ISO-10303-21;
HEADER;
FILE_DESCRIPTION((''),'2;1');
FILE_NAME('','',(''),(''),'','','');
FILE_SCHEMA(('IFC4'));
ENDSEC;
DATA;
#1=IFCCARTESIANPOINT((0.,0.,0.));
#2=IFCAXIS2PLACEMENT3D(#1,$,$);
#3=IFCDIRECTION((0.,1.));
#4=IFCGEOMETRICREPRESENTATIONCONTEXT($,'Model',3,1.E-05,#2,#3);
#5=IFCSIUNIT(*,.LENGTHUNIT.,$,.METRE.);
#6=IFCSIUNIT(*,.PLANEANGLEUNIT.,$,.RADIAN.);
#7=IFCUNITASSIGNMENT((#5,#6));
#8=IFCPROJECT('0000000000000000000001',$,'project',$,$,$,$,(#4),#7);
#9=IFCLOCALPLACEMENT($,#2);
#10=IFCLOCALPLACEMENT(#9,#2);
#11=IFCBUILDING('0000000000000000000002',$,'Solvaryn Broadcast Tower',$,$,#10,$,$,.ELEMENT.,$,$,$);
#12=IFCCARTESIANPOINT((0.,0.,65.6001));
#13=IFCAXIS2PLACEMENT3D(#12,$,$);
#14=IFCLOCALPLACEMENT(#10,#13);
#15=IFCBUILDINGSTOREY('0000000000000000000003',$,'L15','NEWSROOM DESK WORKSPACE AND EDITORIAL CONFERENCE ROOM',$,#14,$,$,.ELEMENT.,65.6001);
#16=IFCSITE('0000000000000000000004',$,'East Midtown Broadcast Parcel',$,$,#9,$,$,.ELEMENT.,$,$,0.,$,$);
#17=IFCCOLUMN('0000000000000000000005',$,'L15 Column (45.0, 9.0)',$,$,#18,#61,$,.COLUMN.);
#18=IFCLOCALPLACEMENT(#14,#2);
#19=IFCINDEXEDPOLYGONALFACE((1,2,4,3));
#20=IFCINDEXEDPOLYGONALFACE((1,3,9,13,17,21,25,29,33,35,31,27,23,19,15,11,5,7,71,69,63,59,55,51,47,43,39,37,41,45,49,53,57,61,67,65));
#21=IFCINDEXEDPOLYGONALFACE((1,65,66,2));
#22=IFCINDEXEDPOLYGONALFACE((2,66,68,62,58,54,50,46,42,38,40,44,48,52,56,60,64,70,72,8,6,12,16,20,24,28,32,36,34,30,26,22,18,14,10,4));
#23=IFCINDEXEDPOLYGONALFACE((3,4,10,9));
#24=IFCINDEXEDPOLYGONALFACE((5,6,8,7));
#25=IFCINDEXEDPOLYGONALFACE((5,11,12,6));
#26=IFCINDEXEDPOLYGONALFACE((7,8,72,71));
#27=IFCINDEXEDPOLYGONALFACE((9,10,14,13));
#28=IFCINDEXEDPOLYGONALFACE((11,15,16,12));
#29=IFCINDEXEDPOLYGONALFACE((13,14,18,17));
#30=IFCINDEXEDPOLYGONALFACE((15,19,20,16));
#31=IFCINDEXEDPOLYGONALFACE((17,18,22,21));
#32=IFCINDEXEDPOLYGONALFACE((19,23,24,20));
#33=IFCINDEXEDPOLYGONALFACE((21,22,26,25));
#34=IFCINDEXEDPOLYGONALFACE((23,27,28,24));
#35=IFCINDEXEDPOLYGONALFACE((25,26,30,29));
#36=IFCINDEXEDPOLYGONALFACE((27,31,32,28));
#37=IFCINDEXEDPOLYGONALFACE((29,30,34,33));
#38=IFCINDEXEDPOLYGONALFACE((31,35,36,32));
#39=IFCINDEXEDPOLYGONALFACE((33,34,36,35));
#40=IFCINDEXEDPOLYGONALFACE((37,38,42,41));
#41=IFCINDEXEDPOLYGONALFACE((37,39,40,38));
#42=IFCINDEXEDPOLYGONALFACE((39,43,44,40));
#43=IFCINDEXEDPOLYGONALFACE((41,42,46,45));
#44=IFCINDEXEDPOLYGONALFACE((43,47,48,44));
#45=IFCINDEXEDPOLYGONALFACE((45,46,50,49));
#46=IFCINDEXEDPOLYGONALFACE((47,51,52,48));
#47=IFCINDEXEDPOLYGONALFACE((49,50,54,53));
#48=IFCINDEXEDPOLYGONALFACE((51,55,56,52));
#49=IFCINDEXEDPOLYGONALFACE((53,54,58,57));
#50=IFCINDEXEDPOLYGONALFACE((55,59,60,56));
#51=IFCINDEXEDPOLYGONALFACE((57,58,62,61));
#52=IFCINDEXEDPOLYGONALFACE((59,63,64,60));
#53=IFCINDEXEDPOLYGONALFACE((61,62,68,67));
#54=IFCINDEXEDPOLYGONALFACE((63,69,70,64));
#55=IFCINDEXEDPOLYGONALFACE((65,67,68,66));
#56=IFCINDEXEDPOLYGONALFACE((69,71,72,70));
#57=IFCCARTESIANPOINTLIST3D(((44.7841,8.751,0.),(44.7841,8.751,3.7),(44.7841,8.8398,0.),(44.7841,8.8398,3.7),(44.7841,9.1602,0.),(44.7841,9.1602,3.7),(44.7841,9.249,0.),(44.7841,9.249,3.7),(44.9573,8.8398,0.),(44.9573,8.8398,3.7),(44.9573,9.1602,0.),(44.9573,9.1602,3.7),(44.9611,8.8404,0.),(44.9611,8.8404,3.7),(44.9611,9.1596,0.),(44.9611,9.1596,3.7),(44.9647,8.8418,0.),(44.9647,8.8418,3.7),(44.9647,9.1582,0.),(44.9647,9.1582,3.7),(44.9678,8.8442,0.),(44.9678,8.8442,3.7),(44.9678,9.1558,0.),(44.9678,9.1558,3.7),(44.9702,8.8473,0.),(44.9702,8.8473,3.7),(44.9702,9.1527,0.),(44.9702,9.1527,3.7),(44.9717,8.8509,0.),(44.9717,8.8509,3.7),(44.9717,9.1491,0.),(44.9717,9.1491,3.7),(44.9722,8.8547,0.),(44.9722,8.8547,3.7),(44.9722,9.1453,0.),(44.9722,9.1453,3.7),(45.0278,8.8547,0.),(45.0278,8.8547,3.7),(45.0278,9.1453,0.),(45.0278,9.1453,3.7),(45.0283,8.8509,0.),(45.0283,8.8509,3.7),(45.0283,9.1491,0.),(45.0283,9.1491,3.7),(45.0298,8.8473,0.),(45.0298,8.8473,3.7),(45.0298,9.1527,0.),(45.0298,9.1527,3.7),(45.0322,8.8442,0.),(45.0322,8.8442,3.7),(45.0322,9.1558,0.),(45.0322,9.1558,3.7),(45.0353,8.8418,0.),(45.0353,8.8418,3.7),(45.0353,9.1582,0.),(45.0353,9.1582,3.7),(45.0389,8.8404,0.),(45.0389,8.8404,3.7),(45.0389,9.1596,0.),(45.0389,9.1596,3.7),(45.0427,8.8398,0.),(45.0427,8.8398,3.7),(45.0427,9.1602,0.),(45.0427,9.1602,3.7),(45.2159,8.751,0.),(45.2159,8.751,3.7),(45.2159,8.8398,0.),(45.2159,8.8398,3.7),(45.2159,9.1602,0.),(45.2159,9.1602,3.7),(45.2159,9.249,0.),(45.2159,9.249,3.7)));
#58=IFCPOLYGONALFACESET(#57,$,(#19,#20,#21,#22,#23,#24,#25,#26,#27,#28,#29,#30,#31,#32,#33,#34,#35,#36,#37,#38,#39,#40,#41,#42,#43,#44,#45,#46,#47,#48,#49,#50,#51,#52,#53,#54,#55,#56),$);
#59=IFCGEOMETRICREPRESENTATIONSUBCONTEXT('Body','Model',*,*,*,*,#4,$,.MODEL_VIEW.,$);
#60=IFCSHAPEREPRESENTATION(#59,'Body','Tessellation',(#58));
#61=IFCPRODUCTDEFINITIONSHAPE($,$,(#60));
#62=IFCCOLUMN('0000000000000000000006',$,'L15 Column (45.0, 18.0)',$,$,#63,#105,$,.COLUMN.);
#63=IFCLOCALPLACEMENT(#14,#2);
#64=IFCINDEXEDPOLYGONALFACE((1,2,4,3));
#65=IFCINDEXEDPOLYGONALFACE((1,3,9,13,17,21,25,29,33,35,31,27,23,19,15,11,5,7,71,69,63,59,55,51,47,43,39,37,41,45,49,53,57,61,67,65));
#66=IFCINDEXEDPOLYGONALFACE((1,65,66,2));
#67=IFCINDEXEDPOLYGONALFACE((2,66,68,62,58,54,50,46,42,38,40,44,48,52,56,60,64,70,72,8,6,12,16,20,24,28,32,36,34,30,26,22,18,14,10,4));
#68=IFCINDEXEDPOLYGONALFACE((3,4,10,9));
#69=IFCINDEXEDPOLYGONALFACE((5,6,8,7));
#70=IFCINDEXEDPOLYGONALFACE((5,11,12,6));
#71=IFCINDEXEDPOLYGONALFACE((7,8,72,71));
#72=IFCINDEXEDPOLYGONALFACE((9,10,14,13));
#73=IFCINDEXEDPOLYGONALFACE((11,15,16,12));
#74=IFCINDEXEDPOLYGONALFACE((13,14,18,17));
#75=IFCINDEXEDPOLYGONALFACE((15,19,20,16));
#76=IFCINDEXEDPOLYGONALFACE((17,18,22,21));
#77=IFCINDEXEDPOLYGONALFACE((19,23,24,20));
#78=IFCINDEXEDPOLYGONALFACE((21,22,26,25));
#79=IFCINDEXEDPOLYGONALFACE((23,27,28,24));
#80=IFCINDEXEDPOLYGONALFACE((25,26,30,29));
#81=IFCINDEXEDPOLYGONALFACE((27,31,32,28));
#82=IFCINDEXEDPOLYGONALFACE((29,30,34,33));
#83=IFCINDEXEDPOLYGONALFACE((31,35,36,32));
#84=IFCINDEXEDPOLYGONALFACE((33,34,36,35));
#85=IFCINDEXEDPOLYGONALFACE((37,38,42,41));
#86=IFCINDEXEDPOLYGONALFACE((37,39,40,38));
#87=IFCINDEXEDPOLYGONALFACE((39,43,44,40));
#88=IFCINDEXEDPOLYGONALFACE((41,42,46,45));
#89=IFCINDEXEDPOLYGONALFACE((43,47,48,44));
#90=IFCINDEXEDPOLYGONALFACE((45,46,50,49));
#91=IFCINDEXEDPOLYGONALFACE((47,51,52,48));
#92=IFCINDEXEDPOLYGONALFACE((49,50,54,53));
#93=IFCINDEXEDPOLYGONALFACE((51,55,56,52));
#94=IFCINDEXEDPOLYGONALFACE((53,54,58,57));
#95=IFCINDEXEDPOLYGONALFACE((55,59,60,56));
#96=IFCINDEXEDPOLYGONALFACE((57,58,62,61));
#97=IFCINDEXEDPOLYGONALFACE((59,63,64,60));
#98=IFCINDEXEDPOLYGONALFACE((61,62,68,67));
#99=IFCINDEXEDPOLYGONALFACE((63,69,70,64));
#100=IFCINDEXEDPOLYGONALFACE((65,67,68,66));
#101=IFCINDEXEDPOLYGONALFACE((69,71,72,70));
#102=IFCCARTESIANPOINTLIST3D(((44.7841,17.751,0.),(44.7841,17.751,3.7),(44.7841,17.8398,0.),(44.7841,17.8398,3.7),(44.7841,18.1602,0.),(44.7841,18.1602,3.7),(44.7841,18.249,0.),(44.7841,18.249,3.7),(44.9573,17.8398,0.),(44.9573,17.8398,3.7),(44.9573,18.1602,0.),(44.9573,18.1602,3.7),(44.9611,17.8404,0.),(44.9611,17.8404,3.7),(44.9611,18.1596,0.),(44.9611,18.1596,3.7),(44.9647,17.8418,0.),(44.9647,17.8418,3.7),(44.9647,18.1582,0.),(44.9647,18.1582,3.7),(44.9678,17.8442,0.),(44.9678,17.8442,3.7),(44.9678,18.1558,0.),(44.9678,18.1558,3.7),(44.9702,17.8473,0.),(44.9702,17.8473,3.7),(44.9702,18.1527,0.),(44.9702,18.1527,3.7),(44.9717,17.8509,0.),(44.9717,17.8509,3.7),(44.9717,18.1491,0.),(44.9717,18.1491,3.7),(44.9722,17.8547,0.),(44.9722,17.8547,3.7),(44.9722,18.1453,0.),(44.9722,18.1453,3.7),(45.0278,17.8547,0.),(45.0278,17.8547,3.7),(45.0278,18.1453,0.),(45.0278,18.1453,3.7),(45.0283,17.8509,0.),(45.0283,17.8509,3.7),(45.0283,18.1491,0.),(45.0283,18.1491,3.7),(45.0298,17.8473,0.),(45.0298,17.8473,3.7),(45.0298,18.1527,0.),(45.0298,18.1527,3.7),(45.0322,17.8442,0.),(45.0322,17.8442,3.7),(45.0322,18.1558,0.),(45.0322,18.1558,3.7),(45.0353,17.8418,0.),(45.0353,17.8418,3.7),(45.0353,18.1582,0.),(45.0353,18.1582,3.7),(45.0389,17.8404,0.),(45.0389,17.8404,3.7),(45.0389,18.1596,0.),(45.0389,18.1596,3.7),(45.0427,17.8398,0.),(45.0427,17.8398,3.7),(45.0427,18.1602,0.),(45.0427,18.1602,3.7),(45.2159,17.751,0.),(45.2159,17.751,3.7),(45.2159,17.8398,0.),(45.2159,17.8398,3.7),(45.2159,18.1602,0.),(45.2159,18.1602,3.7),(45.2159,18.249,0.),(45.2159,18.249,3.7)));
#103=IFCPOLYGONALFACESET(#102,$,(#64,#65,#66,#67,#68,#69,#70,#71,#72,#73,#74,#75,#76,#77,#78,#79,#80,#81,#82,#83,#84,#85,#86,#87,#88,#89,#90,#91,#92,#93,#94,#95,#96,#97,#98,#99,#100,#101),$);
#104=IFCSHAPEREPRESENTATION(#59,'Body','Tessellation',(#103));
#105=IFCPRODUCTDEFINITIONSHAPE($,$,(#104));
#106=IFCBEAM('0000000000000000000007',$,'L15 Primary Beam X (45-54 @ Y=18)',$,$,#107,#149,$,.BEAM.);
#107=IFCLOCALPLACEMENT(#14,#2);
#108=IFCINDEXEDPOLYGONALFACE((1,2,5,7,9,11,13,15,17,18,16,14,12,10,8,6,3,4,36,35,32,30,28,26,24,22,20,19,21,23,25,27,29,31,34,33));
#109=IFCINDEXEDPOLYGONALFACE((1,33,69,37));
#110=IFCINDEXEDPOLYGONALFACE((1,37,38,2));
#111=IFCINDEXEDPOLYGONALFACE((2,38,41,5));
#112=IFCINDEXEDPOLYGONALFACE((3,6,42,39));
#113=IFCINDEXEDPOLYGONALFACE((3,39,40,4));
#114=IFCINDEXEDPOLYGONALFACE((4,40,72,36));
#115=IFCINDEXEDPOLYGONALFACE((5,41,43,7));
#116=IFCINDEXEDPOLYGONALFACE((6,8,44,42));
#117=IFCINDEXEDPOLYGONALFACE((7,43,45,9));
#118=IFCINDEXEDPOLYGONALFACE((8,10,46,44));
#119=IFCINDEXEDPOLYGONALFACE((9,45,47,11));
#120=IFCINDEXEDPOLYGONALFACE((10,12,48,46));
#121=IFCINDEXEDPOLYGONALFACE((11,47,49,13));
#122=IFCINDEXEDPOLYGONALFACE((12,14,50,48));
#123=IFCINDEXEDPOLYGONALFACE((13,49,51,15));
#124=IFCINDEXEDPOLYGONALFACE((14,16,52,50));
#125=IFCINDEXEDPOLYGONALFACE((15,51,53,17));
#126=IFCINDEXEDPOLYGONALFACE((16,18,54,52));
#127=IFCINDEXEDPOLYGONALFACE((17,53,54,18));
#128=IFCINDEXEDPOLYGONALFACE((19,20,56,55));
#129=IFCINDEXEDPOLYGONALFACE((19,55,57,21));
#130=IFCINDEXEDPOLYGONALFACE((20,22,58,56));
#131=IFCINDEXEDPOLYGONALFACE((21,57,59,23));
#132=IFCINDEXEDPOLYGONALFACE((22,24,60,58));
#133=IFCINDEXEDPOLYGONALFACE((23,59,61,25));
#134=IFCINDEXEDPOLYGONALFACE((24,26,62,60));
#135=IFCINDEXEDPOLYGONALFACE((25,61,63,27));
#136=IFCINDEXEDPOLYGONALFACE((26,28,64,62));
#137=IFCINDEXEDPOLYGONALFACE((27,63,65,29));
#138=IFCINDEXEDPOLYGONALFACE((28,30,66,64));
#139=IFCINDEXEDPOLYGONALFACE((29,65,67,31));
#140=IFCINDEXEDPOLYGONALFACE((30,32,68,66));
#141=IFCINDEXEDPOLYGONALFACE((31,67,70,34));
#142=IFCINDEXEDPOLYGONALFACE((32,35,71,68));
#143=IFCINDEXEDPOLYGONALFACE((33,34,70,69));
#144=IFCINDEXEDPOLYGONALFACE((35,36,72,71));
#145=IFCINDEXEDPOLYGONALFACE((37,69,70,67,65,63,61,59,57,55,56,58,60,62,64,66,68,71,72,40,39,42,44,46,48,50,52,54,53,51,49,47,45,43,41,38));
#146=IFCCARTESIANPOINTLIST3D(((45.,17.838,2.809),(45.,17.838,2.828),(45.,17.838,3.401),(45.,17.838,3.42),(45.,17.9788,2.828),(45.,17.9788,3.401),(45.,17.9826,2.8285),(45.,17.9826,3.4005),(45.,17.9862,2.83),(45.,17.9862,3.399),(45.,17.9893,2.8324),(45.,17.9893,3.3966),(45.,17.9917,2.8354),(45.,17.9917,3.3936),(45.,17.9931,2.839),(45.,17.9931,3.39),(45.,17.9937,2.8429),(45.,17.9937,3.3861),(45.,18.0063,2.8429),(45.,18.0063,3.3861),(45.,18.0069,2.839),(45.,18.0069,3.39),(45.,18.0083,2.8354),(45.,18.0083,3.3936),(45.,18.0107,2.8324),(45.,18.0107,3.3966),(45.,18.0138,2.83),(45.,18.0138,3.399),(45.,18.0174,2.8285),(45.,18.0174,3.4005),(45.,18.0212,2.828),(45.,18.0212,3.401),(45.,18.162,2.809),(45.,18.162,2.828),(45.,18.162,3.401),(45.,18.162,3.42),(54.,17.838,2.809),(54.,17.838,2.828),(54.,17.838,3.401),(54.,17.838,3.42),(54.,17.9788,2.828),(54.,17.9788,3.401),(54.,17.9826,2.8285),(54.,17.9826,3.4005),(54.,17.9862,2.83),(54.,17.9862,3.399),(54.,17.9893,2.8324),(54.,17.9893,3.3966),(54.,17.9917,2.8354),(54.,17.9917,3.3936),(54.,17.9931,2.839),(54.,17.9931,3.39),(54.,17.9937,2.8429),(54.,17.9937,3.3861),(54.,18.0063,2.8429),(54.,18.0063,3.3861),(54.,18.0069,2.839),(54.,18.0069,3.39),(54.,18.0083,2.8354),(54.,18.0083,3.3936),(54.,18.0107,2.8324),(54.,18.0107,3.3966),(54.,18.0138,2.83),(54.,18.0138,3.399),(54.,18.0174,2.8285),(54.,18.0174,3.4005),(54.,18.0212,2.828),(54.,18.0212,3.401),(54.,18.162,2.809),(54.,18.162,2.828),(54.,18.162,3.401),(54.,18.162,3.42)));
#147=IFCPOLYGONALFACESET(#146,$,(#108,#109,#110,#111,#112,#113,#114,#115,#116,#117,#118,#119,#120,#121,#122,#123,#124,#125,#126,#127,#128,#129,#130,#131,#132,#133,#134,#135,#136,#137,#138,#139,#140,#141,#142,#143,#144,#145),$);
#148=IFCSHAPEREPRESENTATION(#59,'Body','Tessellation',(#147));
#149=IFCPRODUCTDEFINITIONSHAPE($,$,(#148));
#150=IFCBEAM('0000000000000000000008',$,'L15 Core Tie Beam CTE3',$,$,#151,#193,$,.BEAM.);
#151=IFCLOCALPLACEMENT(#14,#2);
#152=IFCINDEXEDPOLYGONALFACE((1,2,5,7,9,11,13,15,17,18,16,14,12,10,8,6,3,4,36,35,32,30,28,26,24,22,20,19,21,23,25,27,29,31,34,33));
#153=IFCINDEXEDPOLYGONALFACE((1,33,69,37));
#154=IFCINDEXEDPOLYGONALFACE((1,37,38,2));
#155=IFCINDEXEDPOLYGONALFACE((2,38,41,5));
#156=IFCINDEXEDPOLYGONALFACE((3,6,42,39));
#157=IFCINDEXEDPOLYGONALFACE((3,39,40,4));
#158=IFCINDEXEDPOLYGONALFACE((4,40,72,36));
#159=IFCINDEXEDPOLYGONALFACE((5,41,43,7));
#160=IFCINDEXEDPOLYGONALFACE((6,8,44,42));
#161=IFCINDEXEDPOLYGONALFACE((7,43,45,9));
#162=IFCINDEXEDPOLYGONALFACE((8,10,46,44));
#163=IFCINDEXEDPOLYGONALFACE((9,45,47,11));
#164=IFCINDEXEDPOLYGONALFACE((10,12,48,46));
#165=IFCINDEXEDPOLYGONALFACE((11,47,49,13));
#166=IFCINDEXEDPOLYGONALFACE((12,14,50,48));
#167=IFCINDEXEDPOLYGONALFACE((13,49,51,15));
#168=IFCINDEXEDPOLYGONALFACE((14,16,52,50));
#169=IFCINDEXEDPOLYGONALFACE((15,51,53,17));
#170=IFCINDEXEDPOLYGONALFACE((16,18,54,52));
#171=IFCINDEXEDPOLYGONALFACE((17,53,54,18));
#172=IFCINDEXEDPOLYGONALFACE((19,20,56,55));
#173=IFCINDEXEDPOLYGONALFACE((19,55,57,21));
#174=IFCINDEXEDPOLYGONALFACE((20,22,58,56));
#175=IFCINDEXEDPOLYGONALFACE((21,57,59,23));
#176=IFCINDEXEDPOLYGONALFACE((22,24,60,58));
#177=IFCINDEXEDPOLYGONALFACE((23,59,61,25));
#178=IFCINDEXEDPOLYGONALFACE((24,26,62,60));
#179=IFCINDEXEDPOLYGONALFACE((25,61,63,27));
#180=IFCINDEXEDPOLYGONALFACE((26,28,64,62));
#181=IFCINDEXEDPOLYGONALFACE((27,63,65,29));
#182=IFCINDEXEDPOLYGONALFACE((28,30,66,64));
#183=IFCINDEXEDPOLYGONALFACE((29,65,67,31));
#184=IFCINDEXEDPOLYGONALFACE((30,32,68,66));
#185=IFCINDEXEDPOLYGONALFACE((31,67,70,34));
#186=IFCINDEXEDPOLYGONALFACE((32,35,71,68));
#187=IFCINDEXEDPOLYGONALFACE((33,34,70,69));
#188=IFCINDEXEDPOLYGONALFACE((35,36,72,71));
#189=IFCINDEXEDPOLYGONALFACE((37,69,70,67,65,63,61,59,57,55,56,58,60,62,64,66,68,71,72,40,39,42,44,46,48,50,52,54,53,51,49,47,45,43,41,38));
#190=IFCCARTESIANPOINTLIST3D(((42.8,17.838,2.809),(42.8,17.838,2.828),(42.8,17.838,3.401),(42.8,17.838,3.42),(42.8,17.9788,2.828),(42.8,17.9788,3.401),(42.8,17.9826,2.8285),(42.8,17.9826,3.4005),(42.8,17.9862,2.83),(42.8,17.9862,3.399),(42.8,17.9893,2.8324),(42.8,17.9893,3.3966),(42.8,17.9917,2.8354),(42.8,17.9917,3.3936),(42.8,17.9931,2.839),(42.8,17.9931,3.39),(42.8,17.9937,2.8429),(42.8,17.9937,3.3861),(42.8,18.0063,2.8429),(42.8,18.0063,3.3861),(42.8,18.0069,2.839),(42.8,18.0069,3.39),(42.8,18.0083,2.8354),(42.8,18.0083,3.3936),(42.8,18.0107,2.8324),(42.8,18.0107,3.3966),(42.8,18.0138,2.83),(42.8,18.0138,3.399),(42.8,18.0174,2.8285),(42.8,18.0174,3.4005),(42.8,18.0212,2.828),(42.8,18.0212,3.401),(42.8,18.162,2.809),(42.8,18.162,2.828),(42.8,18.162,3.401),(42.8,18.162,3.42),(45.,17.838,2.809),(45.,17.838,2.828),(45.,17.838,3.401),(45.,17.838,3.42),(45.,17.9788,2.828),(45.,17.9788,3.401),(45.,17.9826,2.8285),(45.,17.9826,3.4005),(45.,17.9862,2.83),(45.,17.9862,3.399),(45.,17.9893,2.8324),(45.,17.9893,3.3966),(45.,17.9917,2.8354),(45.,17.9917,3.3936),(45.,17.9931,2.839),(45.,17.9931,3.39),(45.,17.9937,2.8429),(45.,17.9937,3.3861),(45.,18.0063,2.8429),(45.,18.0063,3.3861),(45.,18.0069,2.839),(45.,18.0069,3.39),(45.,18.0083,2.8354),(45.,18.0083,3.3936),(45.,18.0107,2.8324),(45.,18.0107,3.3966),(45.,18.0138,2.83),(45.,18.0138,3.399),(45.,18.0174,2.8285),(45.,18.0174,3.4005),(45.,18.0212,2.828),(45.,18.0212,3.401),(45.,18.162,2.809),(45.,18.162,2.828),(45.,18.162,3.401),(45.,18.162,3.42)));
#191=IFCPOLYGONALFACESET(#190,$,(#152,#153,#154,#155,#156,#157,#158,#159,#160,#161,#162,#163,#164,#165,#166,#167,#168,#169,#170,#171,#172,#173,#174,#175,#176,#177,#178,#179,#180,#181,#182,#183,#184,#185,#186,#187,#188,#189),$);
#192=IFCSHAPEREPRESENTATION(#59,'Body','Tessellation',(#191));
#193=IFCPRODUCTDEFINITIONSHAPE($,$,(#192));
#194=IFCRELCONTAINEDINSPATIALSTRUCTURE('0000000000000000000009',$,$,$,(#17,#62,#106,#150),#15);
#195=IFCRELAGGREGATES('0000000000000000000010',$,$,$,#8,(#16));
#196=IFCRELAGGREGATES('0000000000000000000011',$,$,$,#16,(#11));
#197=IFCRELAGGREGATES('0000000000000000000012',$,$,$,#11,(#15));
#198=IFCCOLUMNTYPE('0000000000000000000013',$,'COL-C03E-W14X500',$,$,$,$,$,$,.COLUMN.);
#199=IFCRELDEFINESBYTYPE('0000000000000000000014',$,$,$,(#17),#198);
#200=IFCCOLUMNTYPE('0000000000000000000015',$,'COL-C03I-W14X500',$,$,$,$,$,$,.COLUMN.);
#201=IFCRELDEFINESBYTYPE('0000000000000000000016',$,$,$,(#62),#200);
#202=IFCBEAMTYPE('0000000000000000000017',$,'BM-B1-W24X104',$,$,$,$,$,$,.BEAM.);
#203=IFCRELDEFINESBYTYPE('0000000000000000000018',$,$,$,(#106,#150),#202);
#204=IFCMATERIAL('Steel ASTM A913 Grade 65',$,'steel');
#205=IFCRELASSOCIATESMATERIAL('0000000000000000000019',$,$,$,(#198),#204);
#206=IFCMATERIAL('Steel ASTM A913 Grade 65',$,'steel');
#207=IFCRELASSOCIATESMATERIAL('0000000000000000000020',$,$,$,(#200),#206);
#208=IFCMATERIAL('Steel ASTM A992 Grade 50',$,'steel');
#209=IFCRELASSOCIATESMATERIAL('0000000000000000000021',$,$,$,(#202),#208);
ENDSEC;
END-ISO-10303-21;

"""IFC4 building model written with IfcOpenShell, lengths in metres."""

from ifc_helpers import new_model, si_unit, direction, frame, origin, origin_2d, place, context, subcontext, project, spatial, i_section, extrude, material, material_profile, profile_set, type_object, element, save


model = new_model("IFC4")

# Units and contexts
model_context = context("Model", 3, precision=1e-05, world=origin(), true_north=direction((0.0, 1.0)))
body_context = subcontext(model_context, "Body", "Model", "MODEL_VIEW")
ifc_project = project(units=[si_unit("LENGTHUNIT", "METRE"), si_unit("PLANEANGLEUNIT", "RADIAN")], contexts=[model_context])

# Site, building, storey
site_placement = place(None, origin())
site = spatial("IfcSite", under=ifc_project, at=site_placement, Name="East Midtown Broadcast Parcel", CompositionType="ELEMENT", RefElevation=0.0)
building_placement = place(site_placement, origin())
building = spatial("IfcBuilding", under=site, at=building_placement, Name="Solvaryn Broadcast Tower", CompositionType="ELEMENT")
storey_placement = place(building_placement, frame((0.0, 0.0, 65.6001)))
storey = spatial("IfcBuildingStorey", under=building, at=storey_placement, Name="L15", Description="NEWSROOM DESK WORKSPACE AND EDITORIAL CONFERENCE ROOM", CompositionType="ELEMENT", Elevation=65.6001)

# Columns
ifc_material_1 = material(Name="Steel ASTM A913 Grade 65", Category="steel")
ifc_material_profile_1 = material_profile(ifc_material_1, i_section(OverallWidth=0.4319, OverallDepth=0.498, WebThickness=0.0557, FlangeThickness=0.0889, FilletRadius=0.0149, at=origin_2d()))
ifc_profile_set_1 = profile_set([ifc_material_profile_1], Name="Steel ASTM A913 Grade 65")
column_type_1 = type_object("IfcColumnType", Name="COL-C03E-W14X500", PredefinedType="COLUMN", material=ifc_profile_set_1)
column_1_placement = place(storey_placement, frame((45.0, 9.0, 0.0), z_axis=(0.0, 0.0, 1.0), x_axis=(1.0, 0.0, 0.0)))
element("IfcColumn", 1, at=column_1_placement, inside=storey, type_object=column_type_1, Name="L15 Column (45.0, 9.0)", PredefinedType="COLUMN", context=body_context, shape_type="SweptSolid", body=[
    extrude(i_section(OverallWidth=0.4319, OverallDepth=0.498, WebThickness=0.0557, FlangeThickness=0.0889, FilletRadius=0.0149, at=origin_2d()), origin(), (0.0, 0.0, 1.0), 3.7),
])
ifc_material_2 = material(Name="Steel ASTM A913 Grade 65", Category="steel")
ifc_material_profile_2 = material_profile(ifc_material_2, i_section(OverallWidth=0.4319, OverallDepth=0.498, WebThickness=0.0557, FlangeThickness=0.0889, FilletRadius=0.0149, at=origin_2d()))
ifc_profile_set_2 = profile_set([ifc_material_profile_2], Name="Steel ASTM A913 Grade 65")
column_type_2 = type_object("IfcColumnType", Name="COL-C03I-W14X500", PredefinedType="COLUMN", material=ifc_profile_set_2)
column_2_placement = place(storey_placement, frame((45.0, 18.0, 0.0), z_axis=(0.0, 0.0, 1.0), x_axis=(1.0, 0.0, 0.0)))
element("IfcColumn", 2, at=column_2_placement, inside=storey, type_object=column_type_2, Name="L15 Column (45.0, 18.0)", PredefinedType="COLUMN", context=body_context, shape_type="SweptSolid", body=[
    extrude(i_section(OverallWidth=0.4319, OverallDepth=0.498, WebThickness=0.0557, FlangeThickness=0.0889, FilletRadius=0.0149, at=origin_2d()), origin(), (0.0, 0.0, 1.0), 3.7),
])

# Beams
ifc_material_3 = material(Name="Steel ASTM A992 Grade 50", Category="steel")
ifc_material_profile_3 = material_profile(ifc_material_3, i_section(OverallWidth=0.324, OverallDepth=0.6111, WebThickness=0.0127, FlangeThickness=0.019, FilletRadius=0.0149, at=origin_2d()))
ifc_profile_set_3 = profile_set([ifc_material_profile_3], Name="Steel ASTM A992 Grade 50")
beam_type_1 = type_object("IfcBeamType", Name="BM-B1-W24X104", PredefinedType="BEAM", material=ifc_profile_set_3)
beam_1_placement = place(storey_placement, frame((45.0, 18.0, 3.1145), z_axis=(1.0, 0.0, 0.0), x_axis=(0.0, 1.0, 0.0)))
element("IfcBeam", 3, at=beam_1_placement, inside=storey, type_object=beam_type_1, Name="L15 Primary Beam X (45-54 @ Y=18)", PredefinedType="BEAM", context=body_context, shape_type="SweptSolid", body=[
    extrude(i_section(OverallWidth=0.324, OverallDepth=0.6111, WebThickness=0.0127, FlangeThickness=0.019, FilletRadius=0.0149, at=origin_2d()), origin(), (0.0, 0.0, 1.0), 9.0),
])
beam_2_placement = place(storey_placement, frame((42.8, 18.0, 3.1145), z_axis=(1.0, 0.0, 0.0), x_axis=(0.0, 1.0, 0.0)))
element("IfcBeam", 4, at=beam_2_placement, inside=storey, type_object=beam_type_1, Name="L15 Core Tie Beam CTE3", PredefinedType="BEAM", context=body_context, shape_type="SweptSolid", body=[
    extrude(i_section(OverallWidth=0.324, OverallDepth=0.6111, WebThickness=0.0127, FlangeThickness=0.019, FilletRadius=0.0149, at=origin_2d()), origin(), (0.0, 0.0, 1.0), 2.2),
])

save(model, "model.ifc")
